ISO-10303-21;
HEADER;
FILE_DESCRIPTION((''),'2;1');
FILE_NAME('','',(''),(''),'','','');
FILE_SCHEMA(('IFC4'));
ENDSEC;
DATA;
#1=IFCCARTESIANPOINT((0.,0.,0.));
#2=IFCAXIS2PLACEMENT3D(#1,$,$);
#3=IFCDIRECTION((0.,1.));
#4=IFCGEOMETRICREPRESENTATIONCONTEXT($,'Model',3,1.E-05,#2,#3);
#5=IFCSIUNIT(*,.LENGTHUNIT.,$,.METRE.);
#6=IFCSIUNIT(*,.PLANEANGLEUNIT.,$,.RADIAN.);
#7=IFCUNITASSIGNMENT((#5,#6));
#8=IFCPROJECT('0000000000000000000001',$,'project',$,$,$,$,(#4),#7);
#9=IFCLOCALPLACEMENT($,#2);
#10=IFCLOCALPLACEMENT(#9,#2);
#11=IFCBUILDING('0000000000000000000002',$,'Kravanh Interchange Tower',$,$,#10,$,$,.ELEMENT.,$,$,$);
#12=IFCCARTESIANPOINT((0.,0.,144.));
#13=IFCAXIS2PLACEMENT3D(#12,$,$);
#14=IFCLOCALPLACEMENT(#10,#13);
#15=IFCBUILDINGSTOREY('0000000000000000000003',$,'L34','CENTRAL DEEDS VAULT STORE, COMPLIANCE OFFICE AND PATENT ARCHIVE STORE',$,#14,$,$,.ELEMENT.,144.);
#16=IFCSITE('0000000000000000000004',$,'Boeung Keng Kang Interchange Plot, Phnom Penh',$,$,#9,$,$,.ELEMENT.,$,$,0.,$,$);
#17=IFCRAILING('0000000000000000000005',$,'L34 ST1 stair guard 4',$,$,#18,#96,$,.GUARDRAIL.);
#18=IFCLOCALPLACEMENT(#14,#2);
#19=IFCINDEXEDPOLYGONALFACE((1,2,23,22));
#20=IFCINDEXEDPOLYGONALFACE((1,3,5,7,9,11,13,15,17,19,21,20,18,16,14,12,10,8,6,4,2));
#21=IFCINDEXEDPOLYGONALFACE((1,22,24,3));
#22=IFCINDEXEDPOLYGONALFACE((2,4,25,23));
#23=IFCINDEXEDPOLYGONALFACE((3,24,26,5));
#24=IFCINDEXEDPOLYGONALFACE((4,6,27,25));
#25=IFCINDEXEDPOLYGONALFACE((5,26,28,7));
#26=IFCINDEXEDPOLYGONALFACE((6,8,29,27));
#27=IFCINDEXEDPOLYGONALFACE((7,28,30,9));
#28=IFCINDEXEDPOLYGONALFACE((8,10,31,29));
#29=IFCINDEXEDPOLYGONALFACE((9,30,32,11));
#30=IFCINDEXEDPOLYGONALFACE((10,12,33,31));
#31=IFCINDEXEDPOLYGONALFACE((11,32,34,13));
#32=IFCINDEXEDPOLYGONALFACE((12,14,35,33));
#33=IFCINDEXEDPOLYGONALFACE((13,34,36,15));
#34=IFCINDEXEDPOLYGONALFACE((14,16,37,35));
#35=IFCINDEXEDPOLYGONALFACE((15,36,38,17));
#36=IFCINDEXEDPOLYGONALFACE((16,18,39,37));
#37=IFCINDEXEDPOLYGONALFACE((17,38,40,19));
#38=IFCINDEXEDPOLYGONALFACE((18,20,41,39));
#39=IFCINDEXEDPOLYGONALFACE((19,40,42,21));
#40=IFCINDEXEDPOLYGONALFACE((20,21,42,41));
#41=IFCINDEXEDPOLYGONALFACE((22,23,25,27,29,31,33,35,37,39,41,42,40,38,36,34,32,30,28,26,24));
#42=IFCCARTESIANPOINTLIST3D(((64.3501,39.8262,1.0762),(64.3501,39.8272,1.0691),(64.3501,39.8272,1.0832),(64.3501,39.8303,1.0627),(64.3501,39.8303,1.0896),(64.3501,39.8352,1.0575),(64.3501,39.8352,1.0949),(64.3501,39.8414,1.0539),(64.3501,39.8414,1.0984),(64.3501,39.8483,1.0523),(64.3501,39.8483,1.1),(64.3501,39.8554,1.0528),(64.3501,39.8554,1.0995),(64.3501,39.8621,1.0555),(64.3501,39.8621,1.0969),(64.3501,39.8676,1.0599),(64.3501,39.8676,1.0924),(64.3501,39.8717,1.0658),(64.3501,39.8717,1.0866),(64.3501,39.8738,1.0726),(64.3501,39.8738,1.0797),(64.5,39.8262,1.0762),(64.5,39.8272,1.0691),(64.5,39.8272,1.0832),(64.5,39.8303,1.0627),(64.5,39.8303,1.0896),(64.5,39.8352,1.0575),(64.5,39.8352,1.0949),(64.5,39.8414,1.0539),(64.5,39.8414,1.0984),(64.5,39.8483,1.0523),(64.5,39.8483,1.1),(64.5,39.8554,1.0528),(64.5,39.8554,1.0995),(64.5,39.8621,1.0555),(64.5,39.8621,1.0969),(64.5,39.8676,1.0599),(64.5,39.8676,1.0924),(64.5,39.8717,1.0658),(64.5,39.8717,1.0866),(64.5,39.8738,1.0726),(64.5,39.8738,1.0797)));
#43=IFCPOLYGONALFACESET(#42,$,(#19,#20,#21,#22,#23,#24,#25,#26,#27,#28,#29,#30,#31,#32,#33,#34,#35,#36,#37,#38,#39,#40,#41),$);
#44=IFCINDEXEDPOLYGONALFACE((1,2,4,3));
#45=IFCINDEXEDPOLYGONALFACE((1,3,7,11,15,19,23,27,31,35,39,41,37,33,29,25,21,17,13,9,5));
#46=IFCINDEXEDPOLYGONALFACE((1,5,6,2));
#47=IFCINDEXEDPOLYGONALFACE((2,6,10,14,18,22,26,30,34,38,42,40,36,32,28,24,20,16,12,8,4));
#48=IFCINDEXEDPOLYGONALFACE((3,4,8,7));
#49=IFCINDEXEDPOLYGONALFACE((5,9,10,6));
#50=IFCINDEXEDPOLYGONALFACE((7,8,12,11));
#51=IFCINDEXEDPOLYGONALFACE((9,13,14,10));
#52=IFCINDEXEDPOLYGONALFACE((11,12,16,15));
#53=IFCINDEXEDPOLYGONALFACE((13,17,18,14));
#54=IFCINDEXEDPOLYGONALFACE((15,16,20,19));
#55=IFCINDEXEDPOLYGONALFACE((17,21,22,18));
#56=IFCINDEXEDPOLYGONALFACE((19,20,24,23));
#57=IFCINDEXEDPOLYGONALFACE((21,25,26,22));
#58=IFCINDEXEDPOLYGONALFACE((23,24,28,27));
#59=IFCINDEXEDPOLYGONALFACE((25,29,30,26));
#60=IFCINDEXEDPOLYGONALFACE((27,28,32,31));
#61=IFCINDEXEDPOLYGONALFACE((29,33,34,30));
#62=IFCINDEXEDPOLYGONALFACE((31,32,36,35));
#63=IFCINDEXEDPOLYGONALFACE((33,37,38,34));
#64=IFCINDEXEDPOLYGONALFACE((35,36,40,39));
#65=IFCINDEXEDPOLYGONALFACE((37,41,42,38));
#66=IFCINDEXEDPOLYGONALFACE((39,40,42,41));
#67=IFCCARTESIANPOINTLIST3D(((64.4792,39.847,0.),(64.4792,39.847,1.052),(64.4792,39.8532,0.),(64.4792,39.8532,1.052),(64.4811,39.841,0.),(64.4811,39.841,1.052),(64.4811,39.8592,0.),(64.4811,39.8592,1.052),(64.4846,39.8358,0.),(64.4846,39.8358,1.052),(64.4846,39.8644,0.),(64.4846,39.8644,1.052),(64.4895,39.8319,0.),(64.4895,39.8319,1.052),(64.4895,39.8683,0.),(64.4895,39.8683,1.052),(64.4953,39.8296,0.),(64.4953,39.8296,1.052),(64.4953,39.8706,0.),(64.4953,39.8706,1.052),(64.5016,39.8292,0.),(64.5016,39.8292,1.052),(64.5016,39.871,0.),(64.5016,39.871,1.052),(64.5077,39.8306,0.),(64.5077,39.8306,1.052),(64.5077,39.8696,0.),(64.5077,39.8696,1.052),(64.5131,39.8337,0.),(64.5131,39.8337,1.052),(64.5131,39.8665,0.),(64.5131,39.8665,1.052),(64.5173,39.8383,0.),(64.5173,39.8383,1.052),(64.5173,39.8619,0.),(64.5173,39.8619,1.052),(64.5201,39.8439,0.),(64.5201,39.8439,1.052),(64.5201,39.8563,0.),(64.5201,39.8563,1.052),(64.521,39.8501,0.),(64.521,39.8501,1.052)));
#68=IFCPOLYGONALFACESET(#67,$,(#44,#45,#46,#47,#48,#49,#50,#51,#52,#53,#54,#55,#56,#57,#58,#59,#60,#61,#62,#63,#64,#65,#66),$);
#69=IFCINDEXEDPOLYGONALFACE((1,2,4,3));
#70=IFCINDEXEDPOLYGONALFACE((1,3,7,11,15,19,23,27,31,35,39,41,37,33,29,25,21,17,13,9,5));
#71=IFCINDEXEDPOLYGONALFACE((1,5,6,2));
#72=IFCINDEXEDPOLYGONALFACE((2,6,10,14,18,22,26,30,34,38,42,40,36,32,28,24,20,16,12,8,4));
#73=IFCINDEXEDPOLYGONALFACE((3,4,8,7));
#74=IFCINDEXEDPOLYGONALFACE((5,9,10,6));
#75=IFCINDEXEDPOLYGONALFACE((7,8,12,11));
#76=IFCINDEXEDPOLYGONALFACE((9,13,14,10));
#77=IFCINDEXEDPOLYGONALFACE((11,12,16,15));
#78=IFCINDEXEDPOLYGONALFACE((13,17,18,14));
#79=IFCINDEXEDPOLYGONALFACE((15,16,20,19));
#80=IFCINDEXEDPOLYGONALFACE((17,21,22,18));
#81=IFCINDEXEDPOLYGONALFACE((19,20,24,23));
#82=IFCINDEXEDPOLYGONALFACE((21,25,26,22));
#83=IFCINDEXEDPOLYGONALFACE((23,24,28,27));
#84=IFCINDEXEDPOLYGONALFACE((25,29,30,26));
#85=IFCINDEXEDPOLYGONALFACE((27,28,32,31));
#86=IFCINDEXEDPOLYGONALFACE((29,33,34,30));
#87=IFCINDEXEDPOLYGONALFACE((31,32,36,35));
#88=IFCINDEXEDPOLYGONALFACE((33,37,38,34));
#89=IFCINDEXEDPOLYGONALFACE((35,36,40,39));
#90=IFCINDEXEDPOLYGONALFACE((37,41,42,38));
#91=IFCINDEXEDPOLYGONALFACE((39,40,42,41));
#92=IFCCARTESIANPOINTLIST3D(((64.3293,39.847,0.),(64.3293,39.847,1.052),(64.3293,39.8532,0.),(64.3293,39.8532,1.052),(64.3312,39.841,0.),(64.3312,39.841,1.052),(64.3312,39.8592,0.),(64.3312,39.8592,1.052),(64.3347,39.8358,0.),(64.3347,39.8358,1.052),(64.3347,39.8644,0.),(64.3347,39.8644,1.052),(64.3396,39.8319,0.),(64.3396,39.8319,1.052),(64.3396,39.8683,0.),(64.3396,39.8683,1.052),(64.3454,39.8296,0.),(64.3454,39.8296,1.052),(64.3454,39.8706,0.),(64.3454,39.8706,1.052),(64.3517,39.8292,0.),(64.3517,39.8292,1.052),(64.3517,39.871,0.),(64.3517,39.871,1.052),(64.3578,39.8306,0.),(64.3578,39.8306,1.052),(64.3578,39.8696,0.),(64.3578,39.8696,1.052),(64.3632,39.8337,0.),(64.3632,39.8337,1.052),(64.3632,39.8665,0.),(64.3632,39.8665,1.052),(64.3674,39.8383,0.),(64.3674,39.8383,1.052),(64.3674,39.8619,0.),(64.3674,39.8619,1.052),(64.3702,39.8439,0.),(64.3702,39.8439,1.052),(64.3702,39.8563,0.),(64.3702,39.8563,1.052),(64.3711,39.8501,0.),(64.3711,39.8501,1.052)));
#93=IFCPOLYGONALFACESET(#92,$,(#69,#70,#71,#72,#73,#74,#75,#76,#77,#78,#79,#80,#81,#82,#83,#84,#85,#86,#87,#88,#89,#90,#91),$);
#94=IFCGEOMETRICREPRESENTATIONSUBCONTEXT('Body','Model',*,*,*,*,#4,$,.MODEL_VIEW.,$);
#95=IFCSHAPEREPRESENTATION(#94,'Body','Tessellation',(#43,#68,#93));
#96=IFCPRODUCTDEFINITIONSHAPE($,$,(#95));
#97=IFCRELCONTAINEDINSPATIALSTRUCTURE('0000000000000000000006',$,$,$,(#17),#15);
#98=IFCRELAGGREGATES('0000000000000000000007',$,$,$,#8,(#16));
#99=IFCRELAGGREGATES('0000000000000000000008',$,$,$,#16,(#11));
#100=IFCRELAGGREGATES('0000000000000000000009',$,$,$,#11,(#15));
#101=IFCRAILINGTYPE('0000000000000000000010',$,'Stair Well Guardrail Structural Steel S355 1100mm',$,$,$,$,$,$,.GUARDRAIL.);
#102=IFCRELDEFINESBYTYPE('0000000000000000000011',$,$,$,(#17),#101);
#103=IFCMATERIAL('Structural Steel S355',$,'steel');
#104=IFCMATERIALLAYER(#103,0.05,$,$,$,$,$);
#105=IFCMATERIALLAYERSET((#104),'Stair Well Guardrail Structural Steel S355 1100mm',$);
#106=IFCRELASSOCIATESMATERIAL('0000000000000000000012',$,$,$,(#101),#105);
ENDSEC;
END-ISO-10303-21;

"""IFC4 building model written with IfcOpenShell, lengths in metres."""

from ifc_helpers import new_model, si_unit, direction, frame, origin, origin_2d, place, context, subcontext, project, spatial, circle, extrude, material, layer, layer_set, type_object, element, save


model = new_model("IFC4")

# Units and contexts
model_context = context("Model", 3, precision=1e-05, world=origin(), true_north=direction((0.0, 1.0)))
body_context = subcontext(model_context, "Body", "Model", "MODEL_VIEW")
ifc_project = project(units=[si_unit("LENGTHUNIT", "METRE"), si_unit("PLANEANGLEUNIT", "RADIAN")], contexts=[model_context])

# Site, building, storey
site_placement = place(None, origin())
site = spatial("IfcSite", under=ifc_project, at=site_placement, Name="Boeung Keng Kang Interchange Plot, Phnom Penh", CompositionType="ELEMENT", RefElevation=0.0)
building_placement = place(site_placement, origin())
building = spatial("IfcBuilding", under=site, at=building_placement, Name="Kravanh Interchange Tower", CompositionType="ELEMENT")
storey_placement = place(building_placement, frame((0.0, 0.0, 144.0)))
storey = spatial("IfcBuildingStorey", under=building, at=storey_placement, Name="L34", Description="CENTRAL DEEDS VAULT STORE, COMPLIANCE OFFICE AND PATENT ARCHIVE STORE", CompositionType="ELEMENT", Elevation=144.0)

# Railing
ifc_material_1 = material(Name="Structural Steel S355", Category="steel")
ifc_layer_1 = layer(ifc_material_1, 0.05)
ifc_layer_set_1 = layer_set([ifc_layer_1], Name="Stair Well Guardrail Structural Steel S355 1100mm")
railing_type_1 = type_object("IfcRailingType", Name="Stair Well Guardrail Structural Steel S355 1100mm", PredefinedType="GUARDRAIL", material=ifc_layer_set_1)
railing_1_placement = place(storey_placement, frame((64.5, 39.8501, 0.0)))
element("IfcRailing", 1, at=railing_1_placement, inside=storey, type_object=railing_type_1, Name="L34 ST1 stair guard 4", PredefinedType="GUARDRAIL", context=body_context, shape_type="SweptSolid", body=[
    extrude(circle(Radius=0.0239, at=origin_2d()), frame((0.0, 0.0, 1.0762), z_axis=(-1.0, 0.0, 0.0), x_axis=(0.0, -1.0, 0.0)), (0.0, 0.0, 1.0), 0.1499),
    extrude(circle(Radius=0.021, at=origin_2d()), origin(), (0.0, 0.0, 1.0), 1.052),
    extrude(circle(Radius=0.021, at=origin_2d()), frame((-0.1499, 0.0, 0.0)), (0.0, 0.0, 1.0), 1.052),
])

save(model, "model.ifc")
